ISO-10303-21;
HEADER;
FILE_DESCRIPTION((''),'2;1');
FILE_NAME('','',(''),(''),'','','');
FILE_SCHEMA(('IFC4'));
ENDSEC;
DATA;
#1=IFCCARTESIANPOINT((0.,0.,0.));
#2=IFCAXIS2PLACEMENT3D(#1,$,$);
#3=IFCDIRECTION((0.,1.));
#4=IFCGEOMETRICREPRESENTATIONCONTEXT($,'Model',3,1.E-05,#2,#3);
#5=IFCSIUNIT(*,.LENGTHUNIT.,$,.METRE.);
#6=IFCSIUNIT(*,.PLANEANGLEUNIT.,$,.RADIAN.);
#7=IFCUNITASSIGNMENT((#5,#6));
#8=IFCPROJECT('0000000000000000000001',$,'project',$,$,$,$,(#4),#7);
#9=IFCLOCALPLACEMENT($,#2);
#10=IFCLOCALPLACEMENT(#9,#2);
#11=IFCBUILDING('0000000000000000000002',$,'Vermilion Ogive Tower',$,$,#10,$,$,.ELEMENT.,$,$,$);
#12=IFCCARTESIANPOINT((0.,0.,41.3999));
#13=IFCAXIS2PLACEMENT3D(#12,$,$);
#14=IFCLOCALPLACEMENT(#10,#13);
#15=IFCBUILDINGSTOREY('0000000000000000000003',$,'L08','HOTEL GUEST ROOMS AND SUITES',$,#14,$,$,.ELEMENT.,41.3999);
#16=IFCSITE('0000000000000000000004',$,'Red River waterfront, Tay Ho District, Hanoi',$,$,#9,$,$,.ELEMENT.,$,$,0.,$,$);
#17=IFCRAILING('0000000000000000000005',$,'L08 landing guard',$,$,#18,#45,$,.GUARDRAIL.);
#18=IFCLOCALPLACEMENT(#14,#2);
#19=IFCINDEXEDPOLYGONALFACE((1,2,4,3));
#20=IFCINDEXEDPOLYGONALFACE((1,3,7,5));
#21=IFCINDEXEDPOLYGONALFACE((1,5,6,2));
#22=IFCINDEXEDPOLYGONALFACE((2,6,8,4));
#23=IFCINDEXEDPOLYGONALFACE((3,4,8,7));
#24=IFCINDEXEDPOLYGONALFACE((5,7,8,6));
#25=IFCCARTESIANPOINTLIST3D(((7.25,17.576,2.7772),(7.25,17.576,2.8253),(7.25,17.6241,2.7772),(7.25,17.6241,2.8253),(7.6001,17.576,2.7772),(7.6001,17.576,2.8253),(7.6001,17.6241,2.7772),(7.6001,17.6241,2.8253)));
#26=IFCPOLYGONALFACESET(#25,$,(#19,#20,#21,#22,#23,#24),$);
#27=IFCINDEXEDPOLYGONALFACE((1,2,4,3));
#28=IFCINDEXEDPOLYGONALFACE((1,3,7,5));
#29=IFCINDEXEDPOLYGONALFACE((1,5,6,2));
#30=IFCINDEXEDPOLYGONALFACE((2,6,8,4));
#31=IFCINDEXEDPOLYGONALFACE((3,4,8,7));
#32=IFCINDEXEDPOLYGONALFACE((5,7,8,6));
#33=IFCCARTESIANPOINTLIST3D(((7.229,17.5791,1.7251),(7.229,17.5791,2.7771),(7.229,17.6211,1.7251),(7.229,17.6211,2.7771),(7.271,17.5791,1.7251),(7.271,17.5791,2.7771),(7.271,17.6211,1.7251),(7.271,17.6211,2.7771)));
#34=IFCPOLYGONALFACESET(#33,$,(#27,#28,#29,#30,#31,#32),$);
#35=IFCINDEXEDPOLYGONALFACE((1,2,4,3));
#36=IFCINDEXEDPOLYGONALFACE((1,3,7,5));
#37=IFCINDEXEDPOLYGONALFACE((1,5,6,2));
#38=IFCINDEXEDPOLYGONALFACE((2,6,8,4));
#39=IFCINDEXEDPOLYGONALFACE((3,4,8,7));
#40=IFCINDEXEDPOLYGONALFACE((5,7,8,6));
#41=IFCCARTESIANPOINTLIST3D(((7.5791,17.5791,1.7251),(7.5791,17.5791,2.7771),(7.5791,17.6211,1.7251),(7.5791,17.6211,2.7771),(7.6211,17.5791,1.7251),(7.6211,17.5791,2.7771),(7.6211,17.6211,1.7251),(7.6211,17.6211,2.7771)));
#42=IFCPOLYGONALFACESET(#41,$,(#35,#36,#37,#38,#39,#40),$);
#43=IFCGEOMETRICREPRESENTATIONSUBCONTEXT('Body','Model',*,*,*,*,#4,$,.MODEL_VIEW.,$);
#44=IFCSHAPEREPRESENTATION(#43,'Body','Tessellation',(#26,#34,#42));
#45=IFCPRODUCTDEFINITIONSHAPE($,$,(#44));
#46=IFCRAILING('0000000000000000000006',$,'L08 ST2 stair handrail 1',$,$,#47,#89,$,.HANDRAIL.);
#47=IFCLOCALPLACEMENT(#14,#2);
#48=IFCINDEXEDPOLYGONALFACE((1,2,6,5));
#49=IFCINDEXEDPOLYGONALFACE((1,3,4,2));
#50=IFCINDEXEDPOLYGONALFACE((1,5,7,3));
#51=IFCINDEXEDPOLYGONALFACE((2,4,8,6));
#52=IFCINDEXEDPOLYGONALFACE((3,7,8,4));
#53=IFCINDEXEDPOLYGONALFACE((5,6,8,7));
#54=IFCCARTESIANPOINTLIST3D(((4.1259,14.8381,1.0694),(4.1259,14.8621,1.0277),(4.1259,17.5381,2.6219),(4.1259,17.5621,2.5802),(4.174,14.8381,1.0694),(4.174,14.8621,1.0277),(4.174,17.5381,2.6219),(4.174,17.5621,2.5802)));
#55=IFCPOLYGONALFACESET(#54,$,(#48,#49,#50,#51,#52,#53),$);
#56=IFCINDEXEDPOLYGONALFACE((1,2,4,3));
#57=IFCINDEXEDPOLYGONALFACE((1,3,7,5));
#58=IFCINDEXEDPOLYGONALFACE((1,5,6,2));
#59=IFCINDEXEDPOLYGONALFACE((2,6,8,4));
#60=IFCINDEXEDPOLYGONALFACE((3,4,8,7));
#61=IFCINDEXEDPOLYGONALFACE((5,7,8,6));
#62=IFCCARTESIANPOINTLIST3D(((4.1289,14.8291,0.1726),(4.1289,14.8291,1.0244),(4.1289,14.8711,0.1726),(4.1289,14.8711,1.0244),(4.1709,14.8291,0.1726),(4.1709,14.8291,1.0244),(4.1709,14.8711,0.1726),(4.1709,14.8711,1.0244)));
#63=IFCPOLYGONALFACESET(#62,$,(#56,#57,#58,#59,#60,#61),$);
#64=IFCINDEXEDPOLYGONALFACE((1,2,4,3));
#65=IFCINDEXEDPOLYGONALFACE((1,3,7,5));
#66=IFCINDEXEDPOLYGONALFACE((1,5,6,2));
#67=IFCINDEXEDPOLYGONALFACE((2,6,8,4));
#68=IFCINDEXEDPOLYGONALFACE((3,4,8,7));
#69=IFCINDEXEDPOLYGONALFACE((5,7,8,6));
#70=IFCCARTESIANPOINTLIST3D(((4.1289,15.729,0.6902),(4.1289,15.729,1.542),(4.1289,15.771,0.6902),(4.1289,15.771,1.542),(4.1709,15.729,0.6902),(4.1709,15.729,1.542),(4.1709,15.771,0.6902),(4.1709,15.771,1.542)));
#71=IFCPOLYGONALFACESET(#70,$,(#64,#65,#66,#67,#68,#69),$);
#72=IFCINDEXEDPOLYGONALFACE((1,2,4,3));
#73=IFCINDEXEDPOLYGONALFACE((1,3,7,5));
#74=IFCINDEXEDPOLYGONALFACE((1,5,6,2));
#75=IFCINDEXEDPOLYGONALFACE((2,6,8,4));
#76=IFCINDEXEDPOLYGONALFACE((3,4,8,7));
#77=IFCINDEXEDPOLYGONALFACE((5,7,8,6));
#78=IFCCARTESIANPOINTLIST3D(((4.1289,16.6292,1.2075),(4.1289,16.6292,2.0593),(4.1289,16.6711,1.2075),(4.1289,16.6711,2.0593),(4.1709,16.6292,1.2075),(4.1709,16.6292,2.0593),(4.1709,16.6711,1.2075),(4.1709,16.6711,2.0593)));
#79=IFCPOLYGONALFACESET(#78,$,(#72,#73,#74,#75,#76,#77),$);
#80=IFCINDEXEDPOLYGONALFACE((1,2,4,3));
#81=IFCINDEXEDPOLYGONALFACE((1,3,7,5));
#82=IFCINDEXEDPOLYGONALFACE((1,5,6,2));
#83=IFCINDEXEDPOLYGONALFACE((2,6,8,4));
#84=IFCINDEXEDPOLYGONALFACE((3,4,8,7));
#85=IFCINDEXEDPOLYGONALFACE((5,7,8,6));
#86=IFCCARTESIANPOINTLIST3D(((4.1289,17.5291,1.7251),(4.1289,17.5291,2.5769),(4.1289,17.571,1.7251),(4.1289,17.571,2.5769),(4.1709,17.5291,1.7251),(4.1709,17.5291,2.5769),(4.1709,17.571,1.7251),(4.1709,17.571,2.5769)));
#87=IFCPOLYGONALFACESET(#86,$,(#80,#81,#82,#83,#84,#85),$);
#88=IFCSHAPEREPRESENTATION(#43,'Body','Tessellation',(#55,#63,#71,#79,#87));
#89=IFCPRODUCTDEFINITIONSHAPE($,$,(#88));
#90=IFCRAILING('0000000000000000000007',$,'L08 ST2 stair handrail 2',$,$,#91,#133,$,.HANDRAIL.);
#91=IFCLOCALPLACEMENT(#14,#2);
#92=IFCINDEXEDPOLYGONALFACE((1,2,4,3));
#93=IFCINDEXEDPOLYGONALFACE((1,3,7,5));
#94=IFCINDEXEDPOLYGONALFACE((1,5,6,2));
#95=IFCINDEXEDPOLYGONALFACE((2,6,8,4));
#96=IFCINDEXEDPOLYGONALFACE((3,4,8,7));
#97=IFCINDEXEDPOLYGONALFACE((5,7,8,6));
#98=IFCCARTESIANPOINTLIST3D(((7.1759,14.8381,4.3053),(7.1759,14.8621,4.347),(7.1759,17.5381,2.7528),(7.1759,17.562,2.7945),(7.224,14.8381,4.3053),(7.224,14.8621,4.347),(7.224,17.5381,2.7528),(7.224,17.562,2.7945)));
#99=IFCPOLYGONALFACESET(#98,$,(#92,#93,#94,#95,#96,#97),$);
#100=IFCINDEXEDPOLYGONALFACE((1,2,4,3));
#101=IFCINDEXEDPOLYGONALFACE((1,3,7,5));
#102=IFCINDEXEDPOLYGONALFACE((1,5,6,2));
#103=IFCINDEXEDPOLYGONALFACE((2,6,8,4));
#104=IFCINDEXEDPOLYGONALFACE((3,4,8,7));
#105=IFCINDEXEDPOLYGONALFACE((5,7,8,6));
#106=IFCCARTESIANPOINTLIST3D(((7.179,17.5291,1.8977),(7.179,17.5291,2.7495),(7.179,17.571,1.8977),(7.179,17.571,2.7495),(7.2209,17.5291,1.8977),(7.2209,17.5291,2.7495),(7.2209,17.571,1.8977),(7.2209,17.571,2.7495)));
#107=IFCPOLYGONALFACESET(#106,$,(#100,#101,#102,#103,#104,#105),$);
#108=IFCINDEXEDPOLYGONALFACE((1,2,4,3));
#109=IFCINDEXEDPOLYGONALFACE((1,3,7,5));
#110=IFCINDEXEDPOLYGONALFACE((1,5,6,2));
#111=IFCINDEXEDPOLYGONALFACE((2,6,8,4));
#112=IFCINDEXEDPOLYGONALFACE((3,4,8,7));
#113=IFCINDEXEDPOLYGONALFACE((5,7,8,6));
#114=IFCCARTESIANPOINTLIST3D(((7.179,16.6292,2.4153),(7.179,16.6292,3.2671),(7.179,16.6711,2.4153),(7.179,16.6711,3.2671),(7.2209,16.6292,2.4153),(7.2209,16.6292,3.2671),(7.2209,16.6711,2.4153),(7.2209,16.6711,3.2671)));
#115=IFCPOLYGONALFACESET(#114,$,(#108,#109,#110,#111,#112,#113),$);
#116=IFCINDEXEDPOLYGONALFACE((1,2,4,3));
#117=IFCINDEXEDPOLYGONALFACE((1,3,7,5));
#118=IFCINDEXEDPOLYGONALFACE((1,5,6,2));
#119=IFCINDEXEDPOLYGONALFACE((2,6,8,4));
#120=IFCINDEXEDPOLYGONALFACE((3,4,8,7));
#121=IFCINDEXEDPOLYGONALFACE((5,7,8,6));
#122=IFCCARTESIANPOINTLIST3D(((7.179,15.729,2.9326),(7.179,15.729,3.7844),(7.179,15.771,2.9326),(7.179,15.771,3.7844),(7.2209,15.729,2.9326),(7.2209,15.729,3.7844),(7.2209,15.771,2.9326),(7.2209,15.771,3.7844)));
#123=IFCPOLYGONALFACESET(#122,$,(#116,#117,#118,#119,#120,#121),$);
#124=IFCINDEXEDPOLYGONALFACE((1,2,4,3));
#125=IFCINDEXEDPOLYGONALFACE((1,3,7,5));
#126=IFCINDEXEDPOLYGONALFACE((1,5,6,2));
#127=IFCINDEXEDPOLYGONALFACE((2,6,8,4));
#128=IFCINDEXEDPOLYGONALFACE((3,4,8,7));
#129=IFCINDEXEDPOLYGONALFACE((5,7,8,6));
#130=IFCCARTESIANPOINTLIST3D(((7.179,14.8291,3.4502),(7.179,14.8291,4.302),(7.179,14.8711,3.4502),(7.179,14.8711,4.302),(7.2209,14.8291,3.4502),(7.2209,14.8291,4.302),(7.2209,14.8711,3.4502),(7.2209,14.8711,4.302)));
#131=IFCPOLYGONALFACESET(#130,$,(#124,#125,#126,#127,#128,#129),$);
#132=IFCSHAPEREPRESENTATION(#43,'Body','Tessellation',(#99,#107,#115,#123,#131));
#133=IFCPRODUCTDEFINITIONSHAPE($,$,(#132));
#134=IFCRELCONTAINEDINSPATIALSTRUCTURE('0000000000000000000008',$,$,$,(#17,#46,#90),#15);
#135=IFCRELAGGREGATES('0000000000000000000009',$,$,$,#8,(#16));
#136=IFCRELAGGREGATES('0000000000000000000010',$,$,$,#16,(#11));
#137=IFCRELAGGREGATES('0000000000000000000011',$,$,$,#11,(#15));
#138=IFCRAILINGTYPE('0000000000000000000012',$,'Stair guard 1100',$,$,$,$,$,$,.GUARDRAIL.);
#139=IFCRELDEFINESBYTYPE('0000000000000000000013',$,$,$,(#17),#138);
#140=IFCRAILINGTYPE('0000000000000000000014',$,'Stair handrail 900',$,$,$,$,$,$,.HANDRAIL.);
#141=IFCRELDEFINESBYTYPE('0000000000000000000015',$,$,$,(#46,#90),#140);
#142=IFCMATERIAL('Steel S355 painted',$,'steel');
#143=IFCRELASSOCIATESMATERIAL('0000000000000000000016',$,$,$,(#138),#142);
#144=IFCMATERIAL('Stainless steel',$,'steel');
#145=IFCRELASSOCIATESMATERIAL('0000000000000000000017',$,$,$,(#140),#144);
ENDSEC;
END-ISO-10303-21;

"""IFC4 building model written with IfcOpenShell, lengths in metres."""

from ifc_helpers import new_model, si_unit, direction, frame, origin, origin_2d, place, context, subcontext, project, spatial, rectangle, extrude, material, type_object, element, save


model = new_model("IFC4")

# Units and contexts
model_context = context("Model", 3, precision=1e-05, world=origin(), true_north=direction((0.0, 1.0)))
body_context = subcontext(model_context, "Body", "Model", "MODEL_VIEW")
ifc_project = project(units=[si_unit("LENGTHUNIT", "METRE"), si_unit("PLANEANGLEUNIT", "RADIAN")], contexts=[model_context])

# Site, building, storey
site_placement = place(None, origin())
site = spatial("IfcSite", under=ifc_project, at=site_placement, Name="Red River waterfront, Tay Ho District, Hanoi", CompositionType="ELEMENT", RefElevation=0.0)
building_placement = place(site_placement, origin())
building = spatial("IfcBuilding", under=site, at=building_placement, Name="Vermilion Ogive Tower", CompositionType="ELEMENT")
storey_placement = place(building_placement, frame((0.0, 0.0, 41.3999)))
storey = spatial("IfcBuildingStorey", under=building, at=storey_placement, Name="L08", Description="HOTEL GUEST ROOMS AND SUITES", CompositionType="ELEMENT", Elevation=41.3999)

# Railings
ifc_material_1 = material(Name="Steel S355 painted", Category="steel")
railing_type_1 = type_object("IfcRailingType", Name="Stair guard 1100", PredefinedType="GUARDRAIL", material=ifc_material_1)
railing_1_placement = place(storey_placement, frame((7.25, 17.6001, 1.7251)))
element("IfcRailing", 1, at=railing_1_placement, inside=storey, type_object=railing_type_1, Name="L08 landing guard", PredefinedType="GUARDRAIL", context=body_context, shape_type="SweptSolid", body=[
    extrude(rectangle(XDim=0.0481, YDim=0.0481, at=origin_2d()), frame((0.0, 0.0, 1.0762), z_axis=(1.0, 0.0, 0.0), x_axis=(0.0, 1.0, 0.0)), (0.0, 0.0, 1.0), 0.3501),
    extrude(rectangle(XDim=0.042, YDim=0.042, at=origin_2d()), origin(), (0.0, 0.0, 1.0), 1.052),
    extrude(rectangle(XDim=0.042, YDim=0.042, at=origin_2d()), frame((0.3501, 0.0, 0.0)), (0.0, 0.0, 1.0), 1.052),
])
ifc_material_2 = material(Name="Stainless steel", Category="steel")
railing_type_2 = type_object("IfcRailingType", Name="Stair handrail 900", PredefinedType="HANDRAIL", material=ifc_material_2)
railing_2_placement = place(storey_placement, frame((4.1499, 14.8501, 0.1726)))
element("IfcRailing", 2, at=railing_2_placement, inside=storey, type_object=railing_type_2, Name="L08 ST2 stair handrail 1", PredefinedType="HANDRAIL", context=body_context, shape_type="SweptSolid", body=[
    extrude(rectangle(XDim=0.0481, YDim=0.0481, at=origin_2d()), frame((0.0, 0.0, 0.876), z_axis=(0.0, 0.866904, 0.498476), x_axis=(-1.0, 0.0, 0.0)), (0.0, 0.0, 1.0), 3.1145),
    extrude(rectangle(XDim=0.042, YDim=0.042, at=origin_2d()), origin(), (0.0, 0.0, 1.0), 0.8518),
    extrude(rectangle(XDim=0.042, YDim=0.042, at=origin_2d()), frame((0.0, 0.8999, 0.5176)), (0.0, 0.0, 1.0), 0.8518),
    extrude(rectangle(XDim=0.042, YDim=0.042, at=origin_2d()), frame((0.0, 1.8, 1.0349)), (0.0, 0.0, 1.0), 0.8518),
    extrude(rectangle(XDim=0.042, YDim=0.042, at=origin_2d()), frame((0.0, 2.7, 1.5525)), (0.0, 0.0, 1.0), 0.8518),
])
railing_3_placement = place(storey_placement, frame((7.2, 17.55, 1.8977)))
element("IfcRailing", 3, at=railing_3_placement, inside=storey, type_object=railing_type_2, Name="L08 ST2 stair handrail 2", PredefinedType="HANDRAIL", context=body_context, shape_type="SweptSolid", body=[
    extrude(rectangle(XDim=0.0481, YDim=0.0481, at=origin_2d()), frame((0.0, 0.0, 0.876), z_axis=(0.0, -0.866904, 0.498476), x_axis=(1.0, 0.0, 0.0)), (0.0, 0.0, 1.0), 3.1145),
    extrude(rectangle(XDim=0.042, YDim=0.042, at=origin_2d()), origin(), (0.0, 0.0, 1.0), 0.8518),
    extrude(rectangle(XDim=0.042, YDim=0.042, at=origin_2d()), frame((0.0, -0.8999, 0.5176)), (0.0, 0.0, 1.0), 0.8518),
    extrude(rectangle(XDim=0.042, YDim=0.042, at=origin_2d()), frame((0.0, -1.8, 1.0349)), (0.0, 0.0, 1.0), 0.8518),
    extrude(rectangle(XDim=0.042, YDim=0.042, at=origin_2d()), frame((0.0, -2.7, 1.5525)), (0.0, 0.0, 1.0), 0.8518),
])

save(model, "model.ifc")
